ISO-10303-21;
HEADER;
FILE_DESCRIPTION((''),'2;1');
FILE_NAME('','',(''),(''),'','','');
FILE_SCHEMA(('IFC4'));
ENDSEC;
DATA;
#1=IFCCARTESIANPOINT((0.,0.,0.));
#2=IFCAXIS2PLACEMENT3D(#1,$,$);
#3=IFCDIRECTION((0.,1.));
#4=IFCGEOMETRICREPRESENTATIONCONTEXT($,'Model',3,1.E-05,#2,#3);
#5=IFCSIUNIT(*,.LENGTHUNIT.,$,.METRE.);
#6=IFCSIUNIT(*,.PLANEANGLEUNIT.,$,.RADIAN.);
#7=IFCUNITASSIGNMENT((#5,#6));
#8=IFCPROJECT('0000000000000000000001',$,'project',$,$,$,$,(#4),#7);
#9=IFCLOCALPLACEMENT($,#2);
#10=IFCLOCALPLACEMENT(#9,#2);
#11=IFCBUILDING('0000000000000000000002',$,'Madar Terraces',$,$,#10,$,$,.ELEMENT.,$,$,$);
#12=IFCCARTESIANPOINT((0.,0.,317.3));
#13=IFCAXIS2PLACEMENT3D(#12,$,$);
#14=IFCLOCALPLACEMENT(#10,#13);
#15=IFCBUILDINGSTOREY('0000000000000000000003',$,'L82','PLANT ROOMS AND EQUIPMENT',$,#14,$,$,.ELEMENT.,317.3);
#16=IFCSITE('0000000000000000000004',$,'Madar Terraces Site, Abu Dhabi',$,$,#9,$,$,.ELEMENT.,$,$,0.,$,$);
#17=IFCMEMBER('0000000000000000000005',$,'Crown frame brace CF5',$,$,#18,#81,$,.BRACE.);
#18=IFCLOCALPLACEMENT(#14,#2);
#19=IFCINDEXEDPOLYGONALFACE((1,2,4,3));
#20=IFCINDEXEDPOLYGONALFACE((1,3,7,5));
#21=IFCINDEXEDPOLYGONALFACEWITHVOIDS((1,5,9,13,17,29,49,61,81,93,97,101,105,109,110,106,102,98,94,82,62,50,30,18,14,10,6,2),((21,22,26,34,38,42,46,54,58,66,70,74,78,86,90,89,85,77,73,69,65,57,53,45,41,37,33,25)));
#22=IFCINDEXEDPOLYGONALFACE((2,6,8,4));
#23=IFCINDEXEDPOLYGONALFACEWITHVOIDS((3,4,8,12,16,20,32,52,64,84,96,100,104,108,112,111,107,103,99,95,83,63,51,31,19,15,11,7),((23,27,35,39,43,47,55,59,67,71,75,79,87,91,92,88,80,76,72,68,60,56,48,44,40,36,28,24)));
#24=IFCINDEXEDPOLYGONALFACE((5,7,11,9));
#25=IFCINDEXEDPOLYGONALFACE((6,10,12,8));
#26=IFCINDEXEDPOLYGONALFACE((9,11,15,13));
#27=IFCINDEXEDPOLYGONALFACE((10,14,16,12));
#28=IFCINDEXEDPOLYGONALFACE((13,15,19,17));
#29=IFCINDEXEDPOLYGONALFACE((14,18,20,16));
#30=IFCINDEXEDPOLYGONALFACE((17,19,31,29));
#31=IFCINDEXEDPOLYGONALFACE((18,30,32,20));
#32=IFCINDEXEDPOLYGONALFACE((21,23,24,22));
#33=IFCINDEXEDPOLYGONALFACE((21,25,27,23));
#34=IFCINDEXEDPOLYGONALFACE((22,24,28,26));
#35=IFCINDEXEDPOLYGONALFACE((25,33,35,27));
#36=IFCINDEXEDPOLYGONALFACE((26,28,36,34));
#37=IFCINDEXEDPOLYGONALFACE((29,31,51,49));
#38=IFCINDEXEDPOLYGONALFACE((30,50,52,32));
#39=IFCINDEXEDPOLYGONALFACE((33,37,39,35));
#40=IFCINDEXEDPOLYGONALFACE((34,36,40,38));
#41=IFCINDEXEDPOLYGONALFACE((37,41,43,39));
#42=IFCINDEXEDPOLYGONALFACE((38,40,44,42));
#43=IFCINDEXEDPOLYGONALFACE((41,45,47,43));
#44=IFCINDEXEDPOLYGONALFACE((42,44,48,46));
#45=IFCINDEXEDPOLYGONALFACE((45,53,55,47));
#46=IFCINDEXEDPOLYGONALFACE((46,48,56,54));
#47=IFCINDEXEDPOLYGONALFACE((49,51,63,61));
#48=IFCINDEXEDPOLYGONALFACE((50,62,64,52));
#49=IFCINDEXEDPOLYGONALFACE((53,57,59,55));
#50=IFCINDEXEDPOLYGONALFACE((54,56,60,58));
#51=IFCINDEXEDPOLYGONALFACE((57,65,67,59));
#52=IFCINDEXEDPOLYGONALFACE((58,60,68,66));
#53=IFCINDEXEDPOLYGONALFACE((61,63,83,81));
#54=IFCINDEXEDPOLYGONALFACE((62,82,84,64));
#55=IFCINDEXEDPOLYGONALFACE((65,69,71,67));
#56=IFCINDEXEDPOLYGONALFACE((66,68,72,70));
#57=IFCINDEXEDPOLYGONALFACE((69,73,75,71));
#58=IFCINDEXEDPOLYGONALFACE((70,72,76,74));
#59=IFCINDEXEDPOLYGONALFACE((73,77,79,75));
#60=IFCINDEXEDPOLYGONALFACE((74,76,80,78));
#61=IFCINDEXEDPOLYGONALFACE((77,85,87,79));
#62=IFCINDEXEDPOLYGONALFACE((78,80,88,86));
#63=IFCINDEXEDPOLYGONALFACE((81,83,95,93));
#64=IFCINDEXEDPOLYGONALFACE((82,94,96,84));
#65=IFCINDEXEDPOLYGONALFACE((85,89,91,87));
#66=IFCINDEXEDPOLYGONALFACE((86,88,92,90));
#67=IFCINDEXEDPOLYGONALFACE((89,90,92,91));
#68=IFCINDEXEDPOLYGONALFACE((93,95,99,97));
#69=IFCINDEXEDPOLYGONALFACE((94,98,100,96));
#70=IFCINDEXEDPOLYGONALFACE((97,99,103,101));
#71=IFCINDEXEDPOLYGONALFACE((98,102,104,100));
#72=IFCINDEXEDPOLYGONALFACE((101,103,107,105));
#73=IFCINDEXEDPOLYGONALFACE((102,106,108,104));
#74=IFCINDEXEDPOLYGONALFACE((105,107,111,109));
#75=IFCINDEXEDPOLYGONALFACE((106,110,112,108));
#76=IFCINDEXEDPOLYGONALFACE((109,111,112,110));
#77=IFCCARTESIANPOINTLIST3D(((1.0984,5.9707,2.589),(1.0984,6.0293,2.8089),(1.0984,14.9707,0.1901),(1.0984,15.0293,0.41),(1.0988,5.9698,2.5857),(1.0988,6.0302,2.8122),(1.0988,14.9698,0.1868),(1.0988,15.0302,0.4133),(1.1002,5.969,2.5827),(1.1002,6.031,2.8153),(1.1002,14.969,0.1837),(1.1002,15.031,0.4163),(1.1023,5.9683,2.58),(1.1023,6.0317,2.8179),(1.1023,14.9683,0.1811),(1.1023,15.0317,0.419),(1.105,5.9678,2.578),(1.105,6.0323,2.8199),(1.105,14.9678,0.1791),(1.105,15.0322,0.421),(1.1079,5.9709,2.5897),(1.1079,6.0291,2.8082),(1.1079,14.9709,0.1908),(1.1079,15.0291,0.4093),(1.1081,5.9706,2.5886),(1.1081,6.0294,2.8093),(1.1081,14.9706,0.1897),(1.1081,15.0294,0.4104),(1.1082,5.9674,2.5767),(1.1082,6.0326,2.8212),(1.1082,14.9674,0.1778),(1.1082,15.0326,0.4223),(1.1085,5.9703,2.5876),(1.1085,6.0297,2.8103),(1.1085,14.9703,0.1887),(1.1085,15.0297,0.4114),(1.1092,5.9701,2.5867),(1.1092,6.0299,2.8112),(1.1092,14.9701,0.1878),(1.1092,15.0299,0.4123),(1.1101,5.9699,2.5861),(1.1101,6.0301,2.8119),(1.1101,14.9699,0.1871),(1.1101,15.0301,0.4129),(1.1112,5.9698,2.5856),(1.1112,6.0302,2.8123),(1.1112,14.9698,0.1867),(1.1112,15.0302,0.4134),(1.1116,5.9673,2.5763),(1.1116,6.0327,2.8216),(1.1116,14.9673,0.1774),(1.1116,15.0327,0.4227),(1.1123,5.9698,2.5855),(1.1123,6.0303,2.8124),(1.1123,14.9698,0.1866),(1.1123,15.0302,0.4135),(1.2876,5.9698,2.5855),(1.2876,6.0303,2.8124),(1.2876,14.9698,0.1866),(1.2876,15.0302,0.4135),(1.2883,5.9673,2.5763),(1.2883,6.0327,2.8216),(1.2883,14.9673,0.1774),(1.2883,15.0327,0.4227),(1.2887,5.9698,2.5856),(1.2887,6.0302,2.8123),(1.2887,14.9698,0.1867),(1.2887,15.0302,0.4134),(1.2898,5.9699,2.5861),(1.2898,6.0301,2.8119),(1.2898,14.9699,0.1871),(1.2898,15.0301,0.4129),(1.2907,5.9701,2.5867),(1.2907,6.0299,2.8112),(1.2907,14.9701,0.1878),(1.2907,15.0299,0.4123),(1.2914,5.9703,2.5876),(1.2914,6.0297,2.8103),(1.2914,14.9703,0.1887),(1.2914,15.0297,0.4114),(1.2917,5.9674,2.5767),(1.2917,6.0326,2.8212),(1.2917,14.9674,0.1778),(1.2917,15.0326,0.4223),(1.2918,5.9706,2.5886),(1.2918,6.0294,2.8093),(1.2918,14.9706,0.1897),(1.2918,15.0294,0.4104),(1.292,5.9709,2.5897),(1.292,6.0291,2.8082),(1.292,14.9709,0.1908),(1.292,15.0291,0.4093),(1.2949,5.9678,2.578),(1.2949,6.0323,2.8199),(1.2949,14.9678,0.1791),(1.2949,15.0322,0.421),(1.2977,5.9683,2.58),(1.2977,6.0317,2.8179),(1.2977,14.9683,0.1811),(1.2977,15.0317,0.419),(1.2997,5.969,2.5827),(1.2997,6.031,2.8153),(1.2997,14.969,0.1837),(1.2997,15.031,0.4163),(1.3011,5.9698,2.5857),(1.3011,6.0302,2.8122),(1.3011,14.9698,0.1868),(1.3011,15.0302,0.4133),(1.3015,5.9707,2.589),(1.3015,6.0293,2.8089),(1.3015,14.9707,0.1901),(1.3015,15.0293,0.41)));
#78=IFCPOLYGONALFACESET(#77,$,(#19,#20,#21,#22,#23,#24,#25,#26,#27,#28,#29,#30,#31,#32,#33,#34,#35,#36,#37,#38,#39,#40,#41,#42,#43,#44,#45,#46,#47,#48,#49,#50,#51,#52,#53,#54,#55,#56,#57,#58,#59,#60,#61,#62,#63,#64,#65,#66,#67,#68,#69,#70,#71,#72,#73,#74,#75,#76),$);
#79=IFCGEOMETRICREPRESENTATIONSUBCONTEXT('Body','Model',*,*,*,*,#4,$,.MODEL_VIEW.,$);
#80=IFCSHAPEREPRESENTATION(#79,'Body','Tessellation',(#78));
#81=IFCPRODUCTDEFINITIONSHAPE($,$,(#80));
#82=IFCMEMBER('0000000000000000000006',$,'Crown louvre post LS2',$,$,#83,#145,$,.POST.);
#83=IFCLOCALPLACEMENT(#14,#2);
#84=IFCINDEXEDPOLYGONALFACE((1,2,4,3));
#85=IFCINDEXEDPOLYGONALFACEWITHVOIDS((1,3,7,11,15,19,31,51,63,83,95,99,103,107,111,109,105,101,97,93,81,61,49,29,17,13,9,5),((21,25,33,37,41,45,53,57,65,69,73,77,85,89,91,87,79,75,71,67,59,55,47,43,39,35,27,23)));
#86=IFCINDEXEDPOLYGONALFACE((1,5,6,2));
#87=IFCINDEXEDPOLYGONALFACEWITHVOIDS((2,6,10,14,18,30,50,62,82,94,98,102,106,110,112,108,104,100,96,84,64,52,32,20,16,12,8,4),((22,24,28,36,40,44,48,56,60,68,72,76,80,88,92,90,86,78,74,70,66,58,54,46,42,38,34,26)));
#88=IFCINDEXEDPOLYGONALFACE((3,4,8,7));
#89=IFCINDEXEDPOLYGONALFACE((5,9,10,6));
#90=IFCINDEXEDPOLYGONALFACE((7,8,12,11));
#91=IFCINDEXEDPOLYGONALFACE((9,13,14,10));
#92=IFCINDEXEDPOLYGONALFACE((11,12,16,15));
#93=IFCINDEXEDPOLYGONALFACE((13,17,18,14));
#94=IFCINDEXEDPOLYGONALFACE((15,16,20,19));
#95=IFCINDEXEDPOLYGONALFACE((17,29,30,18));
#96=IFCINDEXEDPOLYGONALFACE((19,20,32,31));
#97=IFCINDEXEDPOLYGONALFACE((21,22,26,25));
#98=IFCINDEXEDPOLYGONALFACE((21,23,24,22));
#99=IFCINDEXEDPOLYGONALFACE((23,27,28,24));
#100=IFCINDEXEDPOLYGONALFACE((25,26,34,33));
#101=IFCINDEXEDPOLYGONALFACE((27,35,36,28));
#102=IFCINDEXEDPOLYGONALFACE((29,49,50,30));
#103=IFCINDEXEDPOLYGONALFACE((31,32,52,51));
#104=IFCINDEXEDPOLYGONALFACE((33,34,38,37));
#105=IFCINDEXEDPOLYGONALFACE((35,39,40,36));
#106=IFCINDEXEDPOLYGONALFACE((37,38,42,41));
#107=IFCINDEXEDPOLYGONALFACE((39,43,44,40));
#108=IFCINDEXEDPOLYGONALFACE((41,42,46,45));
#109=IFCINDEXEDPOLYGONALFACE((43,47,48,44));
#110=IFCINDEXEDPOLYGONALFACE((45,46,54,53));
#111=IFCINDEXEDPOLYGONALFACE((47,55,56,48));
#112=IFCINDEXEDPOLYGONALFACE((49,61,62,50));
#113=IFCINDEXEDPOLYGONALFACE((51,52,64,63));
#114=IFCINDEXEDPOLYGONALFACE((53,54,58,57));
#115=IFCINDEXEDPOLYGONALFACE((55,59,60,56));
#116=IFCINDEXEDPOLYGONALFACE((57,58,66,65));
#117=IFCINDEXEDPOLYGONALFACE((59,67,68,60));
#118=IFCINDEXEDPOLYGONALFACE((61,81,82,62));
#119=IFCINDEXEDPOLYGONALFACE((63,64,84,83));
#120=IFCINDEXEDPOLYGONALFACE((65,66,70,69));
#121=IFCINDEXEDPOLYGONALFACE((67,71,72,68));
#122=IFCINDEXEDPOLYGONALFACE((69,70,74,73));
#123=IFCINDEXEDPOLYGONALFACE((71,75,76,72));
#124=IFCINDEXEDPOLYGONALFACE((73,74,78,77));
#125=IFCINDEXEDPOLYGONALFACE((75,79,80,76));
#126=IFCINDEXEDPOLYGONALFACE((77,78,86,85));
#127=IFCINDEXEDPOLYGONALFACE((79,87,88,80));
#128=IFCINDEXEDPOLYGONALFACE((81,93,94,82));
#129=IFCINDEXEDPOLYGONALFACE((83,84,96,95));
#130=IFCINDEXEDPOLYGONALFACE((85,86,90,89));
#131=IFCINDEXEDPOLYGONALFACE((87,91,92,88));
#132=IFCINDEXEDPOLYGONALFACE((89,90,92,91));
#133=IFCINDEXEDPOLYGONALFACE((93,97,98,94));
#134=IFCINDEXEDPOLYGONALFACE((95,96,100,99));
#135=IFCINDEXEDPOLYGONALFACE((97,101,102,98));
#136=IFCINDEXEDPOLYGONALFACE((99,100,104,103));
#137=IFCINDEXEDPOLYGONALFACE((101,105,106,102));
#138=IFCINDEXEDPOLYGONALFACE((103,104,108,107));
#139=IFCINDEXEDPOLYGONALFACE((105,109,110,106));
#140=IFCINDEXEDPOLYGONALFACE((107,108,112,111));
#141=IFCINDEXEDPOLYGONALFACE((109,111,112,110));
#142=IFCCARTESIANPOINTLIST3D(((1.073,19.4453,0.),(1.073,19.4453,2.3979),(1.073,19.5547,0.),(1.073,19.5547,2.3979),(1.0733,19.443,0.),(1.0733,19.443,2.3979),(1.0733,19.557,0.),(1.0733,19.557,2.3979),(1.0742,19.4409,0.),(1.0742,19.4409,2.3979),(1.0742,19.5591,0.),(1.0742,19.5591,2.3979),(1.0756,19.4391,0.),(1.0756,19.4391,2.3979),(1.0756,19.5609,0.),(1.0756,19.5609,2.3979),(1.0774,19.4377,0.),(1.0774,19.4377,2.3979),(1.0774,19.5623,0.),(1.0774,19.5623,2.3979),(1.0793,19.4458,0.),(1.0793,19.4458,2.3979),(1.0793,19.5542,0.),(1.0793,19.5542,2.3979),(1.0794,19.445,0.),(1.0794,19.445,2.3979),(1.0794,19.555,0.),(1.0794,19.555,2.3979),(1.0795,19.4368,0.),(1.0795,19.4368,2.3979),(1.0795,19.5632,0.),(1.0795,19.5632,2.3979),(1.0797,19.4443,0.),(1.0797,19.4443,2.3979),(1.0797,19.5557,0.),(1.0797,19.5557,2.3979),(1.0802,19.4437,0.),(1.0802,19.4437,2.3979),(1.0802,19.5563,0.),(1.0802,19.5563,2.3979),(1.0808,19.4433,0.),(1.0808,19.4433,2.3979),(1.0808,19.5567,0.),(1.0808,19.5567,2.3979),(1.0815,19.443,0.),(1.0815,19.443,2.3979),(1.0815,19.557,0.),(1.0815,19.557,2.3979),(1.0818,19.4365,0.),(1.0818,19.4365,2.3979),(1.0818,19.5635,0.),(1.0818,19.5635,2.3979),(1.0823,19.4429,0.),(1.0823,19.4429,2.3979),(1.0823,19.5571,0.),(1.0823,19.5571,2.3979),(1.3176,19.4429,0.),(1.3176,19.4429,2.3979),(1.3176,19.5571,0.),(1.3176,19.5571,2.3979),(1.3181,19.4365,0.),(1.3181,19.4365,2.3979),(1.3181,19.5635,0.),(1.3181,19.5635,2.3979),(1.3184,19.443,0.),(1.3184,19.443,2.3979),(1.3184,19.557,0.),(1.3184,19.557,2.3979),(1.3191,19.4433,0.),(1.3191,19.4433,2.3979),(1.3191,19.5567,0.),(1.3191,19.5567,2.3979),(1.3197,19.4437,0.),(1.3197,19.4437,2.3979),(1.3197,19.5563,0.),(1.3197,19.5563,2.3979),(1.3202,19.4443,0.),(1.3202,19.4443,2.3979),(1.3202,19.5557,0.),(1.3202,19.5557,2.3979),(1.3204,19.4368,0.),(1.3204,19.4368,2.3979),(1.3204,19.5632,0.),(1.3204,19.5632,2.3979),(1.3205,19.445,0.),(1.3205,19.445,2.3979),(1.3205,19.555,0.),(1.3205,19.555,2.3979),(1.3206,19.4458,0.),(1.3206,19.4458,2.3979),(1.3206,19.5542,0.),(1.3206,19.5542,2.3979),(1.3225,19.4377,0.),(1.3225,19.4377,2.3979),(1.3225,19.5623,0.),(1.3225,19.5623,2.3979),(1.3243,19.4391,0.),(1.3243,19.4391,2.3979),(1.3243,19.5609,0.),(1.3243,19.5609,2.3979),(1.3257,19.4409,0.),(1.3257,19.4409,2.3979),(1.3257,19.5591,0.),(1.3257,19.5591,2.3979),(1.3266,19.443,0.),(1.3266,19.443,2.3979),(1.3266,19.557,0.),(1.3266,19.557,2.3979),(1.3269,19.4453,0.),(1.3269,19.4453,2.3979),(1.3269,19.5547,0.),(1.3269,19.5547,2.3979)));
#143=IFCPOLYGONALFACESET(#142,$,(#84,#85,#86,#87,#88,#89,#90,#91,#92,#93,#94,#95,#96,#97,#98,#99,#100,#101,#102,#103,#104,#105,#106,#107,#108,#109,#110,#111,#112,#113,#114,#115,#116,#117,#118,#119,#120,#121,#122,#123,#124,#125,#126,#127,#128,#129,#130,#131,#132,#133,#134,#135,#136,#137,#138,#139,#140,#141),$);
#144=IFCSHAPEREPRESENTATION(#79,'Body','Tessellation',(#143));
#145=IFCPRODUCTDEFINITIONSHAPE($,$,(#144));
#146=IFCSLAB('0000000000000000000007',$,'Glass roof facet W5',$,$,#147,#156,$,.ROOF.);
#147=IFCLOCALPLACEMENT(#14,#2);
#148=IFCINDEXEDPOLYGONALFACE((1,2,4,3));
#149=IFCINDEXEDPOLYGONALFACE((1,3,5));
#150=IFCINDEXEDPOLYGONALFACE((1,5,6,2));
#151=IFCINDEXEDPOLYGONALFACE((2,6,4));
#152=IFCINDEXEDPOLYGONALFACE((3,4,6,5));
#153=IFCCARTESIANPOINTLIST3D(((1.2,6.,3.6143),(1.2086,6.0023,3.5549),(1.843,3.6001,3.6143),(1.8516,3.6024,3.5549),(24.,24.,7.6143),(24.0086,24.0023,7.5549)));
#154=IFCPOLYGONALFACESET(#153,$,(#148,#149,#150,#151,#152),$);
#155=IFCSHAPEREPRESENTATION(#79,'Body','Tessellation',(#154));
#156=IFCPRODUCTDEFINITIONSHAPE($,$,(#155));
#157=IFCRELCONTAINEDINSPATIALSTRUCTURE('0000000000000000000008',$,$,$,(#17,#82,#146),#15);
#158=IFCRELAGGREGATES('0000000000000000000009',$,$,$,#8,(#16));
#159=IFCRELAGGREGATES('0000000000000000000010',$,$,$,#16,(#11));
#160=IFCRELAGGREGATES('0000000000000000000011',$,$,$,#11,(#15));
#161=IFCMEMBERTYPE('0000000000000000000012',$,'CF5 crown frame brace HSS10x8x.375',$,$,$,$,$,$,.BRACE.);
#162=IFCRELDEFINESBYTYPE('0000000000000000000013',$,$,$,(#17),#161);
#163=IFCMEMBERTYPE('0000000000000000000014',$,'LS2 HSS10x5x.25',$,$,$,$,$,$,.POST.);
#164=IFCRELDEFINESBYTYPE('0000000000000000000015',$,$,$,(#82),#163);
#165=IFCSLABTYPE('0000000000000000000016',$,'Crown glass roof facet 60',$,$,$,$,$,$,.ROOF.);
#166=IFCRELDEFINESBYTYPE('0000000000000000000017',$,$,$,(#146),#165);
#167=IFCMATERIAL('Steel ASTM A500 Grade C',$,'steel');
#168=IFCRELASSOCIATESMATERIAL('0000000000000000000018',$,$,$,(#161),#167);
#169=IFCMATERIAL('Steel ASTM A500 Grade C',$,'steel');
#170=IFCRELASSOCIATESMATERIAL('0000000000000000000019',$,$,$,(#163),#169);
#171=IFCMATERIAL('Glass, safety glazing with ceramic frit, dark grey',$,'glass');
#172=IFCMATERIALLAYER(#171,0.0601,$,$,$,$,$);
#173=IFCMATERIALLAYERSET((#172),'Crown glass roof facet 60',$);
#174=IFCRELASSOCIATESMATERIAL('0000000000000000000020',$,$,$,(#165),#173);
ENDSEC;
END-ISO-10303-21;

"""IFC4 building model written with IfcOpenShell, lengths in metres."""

from ifc_helpers import new_model, si_unit, direction, frame, origin, origin_2d, place, context, subcontext, project, spatial, polyline, hollow_rectangle, outline, extrude, material, layer, layer_set, material_profile, profile_set, type_object, element, save


model = new_model("IFC4")

# Units and contexts
model_context = context("Model", 3, precision=1e-05, world=origin(), true_north=direction((0.0, 1.0)))
body_context = subcontext(model_context, "Body", "Model", "MODEL_VIEW")
ifc_project = project(units=[si_unit("LENGTHUNIT", "METRE"), si_unit("PLANEANGLEUNIT", "RADIAN")], contexts=[model_context])

# Site, building, storey
site_placement = place(None, origin())
site = spatial("IfcSite", under=ifc_project, at=site_placement, Name="Madar Terraces Site, Abu Dhabi", CompositionType="ELEMENT", RefElevation=0.0)
building_placement = place(site_placement, origin())
building = spatial("IfcBuilding", under=site, at=building_placement, Name="Madar Terraces", CompositionType="ELEMENT")
storey_placement = place(building_placement, frame((0.0, 0.0, 317.3)))
storey = spatial("IfcBuildingStorey", under=building, at=storey_placement, Name="L82", Description="PLANT ROOMS AND EQUIPMENT", CompositionType="ELEMENT", Elevation=317.3)

# Members
ifc_material_1 = material(Name="Steel ASTM A500 Grade C", Category="steel")
ifc_material_profile_1 = material_profile(ifc_material_1, hollow_rectangle(XDim=0.2031, YDim=0.2539, WallThickness=0.0095, InnerFilletRadius=0.0044, OuterFilletRadius=0.0132, at=origin_2d()), Name="HSS10x8x.375")
ifc_profile_set_1 = profile_set([ifc_material_profile_1], Name="Steel ASTM A500 Grade C")
member_type_1 = type_object("IfcMemberType", Name="CF5 crown frame brace HSS10x8x.375", PredefinedType="BRACE", material=ifc_profile_set_1)
member_1_placement = place(storey_placement, frame((1.2, 15.0, 0.3), z_axis=(0.0, -0.966264, 0.257555), x_axis=(1.0, 0.0, 0.0)))
element("IfcMember", 1, at=member_1_placement, inside=storey, type_object=member_type_1, Name="Crown frame brace CF5", PredefinedType="BRACE", context=body_context, shape_type="SweptSolid", body=[
    extrude(hollow_rectangle(XDim=0.2031, YDim=0.2539, WallThickness=0.0095, InnerFilletRadius=0.0044, OuterFilletRadius=0.0132, at=origin_2d()), origin(), (0.0, 0.0, 1.0), 9.3142),
])
ifc_material_2 = material(Name="Steel ASTM A500 Grade C", Category="steel")
ifc_material_profile_2 = material_profile(ifc_material_2, hollow_rectangle(XDim=0.127, YDim=0.2539, WallThickness=0.0063, InnerFilletRadius=0.0029, OuterFilletRadius=0.0088, at=origin_2d()), Name="HSS10x5x.25")
ifc_profile_set_2 = profile_set([ifc_material_profile_2], Name="Steel ASTM A500 Grade C")
member_type_2 = type_object("IfcMemberType", Name="LS2 HSS10x5x.25", PredefinedType="POST", material=ifc_profile_set_2)
member_2_placement = place(storey_placement, frame((1.2, 19.5, 0.0), z_axis=(0.0, 0.0, 1.0), x_axis=(0.0, -1.0, 0.0)))
element("IfcMember", 2, at=member_2_placement, inside=storey, type_object=member_type_2, Name="Crown louvre post LS2", PredefinedType="POST", context=body_context, shape_type="SweptSolid", body=[
    extrude(hollow_rectangle(XDim=0.127, YDim=0.2539, WallThickness=0.0063, InnerFilletRadius=0.0029, OuterFilletRadius=0.0088, at=origin_2d()), origin(), (0.0, 0.0, 1.0), 2.3979),
])

# Slab
ifc_material_3 = material(Name="Glass, safety glazing with ceramic frit, dark grey", Category="glass")
ifc_layer = layer(ifc_material_3, 0.0601)
ifc_layer_set = layer_set([ifc_layer], Name="Crown glass roof facet 60")
slab_type = type_object("IfcSlabType", Name="Crown glass roof facet 60", PredefinedType="ROOF", material=ifc_layer_set)
slab_placement = place(storey_placement, frame((1.2, 6.0, 3.6143), z_axis=(-0.143205, -0.038373, 0.988949), x_axis=(0.258824, -0.965924, 0.0)))
element("IfcSlab", 3, at=slab_placement, inside=storey, type_object=slab_type, Name="Glass roof facet W5", PredefinedType="ROOF", context=body_context, shape_type="SweptSolid", body=[
    extrude(outline(polyline([(0.0, 0.0), (2.4846, 0.0), (-11.4854, 26.9801), (0.0, 0.0)])), origin(), (0.0, 0.0, -1.0), 0.0601),
])

save(model, "model.ifc")
